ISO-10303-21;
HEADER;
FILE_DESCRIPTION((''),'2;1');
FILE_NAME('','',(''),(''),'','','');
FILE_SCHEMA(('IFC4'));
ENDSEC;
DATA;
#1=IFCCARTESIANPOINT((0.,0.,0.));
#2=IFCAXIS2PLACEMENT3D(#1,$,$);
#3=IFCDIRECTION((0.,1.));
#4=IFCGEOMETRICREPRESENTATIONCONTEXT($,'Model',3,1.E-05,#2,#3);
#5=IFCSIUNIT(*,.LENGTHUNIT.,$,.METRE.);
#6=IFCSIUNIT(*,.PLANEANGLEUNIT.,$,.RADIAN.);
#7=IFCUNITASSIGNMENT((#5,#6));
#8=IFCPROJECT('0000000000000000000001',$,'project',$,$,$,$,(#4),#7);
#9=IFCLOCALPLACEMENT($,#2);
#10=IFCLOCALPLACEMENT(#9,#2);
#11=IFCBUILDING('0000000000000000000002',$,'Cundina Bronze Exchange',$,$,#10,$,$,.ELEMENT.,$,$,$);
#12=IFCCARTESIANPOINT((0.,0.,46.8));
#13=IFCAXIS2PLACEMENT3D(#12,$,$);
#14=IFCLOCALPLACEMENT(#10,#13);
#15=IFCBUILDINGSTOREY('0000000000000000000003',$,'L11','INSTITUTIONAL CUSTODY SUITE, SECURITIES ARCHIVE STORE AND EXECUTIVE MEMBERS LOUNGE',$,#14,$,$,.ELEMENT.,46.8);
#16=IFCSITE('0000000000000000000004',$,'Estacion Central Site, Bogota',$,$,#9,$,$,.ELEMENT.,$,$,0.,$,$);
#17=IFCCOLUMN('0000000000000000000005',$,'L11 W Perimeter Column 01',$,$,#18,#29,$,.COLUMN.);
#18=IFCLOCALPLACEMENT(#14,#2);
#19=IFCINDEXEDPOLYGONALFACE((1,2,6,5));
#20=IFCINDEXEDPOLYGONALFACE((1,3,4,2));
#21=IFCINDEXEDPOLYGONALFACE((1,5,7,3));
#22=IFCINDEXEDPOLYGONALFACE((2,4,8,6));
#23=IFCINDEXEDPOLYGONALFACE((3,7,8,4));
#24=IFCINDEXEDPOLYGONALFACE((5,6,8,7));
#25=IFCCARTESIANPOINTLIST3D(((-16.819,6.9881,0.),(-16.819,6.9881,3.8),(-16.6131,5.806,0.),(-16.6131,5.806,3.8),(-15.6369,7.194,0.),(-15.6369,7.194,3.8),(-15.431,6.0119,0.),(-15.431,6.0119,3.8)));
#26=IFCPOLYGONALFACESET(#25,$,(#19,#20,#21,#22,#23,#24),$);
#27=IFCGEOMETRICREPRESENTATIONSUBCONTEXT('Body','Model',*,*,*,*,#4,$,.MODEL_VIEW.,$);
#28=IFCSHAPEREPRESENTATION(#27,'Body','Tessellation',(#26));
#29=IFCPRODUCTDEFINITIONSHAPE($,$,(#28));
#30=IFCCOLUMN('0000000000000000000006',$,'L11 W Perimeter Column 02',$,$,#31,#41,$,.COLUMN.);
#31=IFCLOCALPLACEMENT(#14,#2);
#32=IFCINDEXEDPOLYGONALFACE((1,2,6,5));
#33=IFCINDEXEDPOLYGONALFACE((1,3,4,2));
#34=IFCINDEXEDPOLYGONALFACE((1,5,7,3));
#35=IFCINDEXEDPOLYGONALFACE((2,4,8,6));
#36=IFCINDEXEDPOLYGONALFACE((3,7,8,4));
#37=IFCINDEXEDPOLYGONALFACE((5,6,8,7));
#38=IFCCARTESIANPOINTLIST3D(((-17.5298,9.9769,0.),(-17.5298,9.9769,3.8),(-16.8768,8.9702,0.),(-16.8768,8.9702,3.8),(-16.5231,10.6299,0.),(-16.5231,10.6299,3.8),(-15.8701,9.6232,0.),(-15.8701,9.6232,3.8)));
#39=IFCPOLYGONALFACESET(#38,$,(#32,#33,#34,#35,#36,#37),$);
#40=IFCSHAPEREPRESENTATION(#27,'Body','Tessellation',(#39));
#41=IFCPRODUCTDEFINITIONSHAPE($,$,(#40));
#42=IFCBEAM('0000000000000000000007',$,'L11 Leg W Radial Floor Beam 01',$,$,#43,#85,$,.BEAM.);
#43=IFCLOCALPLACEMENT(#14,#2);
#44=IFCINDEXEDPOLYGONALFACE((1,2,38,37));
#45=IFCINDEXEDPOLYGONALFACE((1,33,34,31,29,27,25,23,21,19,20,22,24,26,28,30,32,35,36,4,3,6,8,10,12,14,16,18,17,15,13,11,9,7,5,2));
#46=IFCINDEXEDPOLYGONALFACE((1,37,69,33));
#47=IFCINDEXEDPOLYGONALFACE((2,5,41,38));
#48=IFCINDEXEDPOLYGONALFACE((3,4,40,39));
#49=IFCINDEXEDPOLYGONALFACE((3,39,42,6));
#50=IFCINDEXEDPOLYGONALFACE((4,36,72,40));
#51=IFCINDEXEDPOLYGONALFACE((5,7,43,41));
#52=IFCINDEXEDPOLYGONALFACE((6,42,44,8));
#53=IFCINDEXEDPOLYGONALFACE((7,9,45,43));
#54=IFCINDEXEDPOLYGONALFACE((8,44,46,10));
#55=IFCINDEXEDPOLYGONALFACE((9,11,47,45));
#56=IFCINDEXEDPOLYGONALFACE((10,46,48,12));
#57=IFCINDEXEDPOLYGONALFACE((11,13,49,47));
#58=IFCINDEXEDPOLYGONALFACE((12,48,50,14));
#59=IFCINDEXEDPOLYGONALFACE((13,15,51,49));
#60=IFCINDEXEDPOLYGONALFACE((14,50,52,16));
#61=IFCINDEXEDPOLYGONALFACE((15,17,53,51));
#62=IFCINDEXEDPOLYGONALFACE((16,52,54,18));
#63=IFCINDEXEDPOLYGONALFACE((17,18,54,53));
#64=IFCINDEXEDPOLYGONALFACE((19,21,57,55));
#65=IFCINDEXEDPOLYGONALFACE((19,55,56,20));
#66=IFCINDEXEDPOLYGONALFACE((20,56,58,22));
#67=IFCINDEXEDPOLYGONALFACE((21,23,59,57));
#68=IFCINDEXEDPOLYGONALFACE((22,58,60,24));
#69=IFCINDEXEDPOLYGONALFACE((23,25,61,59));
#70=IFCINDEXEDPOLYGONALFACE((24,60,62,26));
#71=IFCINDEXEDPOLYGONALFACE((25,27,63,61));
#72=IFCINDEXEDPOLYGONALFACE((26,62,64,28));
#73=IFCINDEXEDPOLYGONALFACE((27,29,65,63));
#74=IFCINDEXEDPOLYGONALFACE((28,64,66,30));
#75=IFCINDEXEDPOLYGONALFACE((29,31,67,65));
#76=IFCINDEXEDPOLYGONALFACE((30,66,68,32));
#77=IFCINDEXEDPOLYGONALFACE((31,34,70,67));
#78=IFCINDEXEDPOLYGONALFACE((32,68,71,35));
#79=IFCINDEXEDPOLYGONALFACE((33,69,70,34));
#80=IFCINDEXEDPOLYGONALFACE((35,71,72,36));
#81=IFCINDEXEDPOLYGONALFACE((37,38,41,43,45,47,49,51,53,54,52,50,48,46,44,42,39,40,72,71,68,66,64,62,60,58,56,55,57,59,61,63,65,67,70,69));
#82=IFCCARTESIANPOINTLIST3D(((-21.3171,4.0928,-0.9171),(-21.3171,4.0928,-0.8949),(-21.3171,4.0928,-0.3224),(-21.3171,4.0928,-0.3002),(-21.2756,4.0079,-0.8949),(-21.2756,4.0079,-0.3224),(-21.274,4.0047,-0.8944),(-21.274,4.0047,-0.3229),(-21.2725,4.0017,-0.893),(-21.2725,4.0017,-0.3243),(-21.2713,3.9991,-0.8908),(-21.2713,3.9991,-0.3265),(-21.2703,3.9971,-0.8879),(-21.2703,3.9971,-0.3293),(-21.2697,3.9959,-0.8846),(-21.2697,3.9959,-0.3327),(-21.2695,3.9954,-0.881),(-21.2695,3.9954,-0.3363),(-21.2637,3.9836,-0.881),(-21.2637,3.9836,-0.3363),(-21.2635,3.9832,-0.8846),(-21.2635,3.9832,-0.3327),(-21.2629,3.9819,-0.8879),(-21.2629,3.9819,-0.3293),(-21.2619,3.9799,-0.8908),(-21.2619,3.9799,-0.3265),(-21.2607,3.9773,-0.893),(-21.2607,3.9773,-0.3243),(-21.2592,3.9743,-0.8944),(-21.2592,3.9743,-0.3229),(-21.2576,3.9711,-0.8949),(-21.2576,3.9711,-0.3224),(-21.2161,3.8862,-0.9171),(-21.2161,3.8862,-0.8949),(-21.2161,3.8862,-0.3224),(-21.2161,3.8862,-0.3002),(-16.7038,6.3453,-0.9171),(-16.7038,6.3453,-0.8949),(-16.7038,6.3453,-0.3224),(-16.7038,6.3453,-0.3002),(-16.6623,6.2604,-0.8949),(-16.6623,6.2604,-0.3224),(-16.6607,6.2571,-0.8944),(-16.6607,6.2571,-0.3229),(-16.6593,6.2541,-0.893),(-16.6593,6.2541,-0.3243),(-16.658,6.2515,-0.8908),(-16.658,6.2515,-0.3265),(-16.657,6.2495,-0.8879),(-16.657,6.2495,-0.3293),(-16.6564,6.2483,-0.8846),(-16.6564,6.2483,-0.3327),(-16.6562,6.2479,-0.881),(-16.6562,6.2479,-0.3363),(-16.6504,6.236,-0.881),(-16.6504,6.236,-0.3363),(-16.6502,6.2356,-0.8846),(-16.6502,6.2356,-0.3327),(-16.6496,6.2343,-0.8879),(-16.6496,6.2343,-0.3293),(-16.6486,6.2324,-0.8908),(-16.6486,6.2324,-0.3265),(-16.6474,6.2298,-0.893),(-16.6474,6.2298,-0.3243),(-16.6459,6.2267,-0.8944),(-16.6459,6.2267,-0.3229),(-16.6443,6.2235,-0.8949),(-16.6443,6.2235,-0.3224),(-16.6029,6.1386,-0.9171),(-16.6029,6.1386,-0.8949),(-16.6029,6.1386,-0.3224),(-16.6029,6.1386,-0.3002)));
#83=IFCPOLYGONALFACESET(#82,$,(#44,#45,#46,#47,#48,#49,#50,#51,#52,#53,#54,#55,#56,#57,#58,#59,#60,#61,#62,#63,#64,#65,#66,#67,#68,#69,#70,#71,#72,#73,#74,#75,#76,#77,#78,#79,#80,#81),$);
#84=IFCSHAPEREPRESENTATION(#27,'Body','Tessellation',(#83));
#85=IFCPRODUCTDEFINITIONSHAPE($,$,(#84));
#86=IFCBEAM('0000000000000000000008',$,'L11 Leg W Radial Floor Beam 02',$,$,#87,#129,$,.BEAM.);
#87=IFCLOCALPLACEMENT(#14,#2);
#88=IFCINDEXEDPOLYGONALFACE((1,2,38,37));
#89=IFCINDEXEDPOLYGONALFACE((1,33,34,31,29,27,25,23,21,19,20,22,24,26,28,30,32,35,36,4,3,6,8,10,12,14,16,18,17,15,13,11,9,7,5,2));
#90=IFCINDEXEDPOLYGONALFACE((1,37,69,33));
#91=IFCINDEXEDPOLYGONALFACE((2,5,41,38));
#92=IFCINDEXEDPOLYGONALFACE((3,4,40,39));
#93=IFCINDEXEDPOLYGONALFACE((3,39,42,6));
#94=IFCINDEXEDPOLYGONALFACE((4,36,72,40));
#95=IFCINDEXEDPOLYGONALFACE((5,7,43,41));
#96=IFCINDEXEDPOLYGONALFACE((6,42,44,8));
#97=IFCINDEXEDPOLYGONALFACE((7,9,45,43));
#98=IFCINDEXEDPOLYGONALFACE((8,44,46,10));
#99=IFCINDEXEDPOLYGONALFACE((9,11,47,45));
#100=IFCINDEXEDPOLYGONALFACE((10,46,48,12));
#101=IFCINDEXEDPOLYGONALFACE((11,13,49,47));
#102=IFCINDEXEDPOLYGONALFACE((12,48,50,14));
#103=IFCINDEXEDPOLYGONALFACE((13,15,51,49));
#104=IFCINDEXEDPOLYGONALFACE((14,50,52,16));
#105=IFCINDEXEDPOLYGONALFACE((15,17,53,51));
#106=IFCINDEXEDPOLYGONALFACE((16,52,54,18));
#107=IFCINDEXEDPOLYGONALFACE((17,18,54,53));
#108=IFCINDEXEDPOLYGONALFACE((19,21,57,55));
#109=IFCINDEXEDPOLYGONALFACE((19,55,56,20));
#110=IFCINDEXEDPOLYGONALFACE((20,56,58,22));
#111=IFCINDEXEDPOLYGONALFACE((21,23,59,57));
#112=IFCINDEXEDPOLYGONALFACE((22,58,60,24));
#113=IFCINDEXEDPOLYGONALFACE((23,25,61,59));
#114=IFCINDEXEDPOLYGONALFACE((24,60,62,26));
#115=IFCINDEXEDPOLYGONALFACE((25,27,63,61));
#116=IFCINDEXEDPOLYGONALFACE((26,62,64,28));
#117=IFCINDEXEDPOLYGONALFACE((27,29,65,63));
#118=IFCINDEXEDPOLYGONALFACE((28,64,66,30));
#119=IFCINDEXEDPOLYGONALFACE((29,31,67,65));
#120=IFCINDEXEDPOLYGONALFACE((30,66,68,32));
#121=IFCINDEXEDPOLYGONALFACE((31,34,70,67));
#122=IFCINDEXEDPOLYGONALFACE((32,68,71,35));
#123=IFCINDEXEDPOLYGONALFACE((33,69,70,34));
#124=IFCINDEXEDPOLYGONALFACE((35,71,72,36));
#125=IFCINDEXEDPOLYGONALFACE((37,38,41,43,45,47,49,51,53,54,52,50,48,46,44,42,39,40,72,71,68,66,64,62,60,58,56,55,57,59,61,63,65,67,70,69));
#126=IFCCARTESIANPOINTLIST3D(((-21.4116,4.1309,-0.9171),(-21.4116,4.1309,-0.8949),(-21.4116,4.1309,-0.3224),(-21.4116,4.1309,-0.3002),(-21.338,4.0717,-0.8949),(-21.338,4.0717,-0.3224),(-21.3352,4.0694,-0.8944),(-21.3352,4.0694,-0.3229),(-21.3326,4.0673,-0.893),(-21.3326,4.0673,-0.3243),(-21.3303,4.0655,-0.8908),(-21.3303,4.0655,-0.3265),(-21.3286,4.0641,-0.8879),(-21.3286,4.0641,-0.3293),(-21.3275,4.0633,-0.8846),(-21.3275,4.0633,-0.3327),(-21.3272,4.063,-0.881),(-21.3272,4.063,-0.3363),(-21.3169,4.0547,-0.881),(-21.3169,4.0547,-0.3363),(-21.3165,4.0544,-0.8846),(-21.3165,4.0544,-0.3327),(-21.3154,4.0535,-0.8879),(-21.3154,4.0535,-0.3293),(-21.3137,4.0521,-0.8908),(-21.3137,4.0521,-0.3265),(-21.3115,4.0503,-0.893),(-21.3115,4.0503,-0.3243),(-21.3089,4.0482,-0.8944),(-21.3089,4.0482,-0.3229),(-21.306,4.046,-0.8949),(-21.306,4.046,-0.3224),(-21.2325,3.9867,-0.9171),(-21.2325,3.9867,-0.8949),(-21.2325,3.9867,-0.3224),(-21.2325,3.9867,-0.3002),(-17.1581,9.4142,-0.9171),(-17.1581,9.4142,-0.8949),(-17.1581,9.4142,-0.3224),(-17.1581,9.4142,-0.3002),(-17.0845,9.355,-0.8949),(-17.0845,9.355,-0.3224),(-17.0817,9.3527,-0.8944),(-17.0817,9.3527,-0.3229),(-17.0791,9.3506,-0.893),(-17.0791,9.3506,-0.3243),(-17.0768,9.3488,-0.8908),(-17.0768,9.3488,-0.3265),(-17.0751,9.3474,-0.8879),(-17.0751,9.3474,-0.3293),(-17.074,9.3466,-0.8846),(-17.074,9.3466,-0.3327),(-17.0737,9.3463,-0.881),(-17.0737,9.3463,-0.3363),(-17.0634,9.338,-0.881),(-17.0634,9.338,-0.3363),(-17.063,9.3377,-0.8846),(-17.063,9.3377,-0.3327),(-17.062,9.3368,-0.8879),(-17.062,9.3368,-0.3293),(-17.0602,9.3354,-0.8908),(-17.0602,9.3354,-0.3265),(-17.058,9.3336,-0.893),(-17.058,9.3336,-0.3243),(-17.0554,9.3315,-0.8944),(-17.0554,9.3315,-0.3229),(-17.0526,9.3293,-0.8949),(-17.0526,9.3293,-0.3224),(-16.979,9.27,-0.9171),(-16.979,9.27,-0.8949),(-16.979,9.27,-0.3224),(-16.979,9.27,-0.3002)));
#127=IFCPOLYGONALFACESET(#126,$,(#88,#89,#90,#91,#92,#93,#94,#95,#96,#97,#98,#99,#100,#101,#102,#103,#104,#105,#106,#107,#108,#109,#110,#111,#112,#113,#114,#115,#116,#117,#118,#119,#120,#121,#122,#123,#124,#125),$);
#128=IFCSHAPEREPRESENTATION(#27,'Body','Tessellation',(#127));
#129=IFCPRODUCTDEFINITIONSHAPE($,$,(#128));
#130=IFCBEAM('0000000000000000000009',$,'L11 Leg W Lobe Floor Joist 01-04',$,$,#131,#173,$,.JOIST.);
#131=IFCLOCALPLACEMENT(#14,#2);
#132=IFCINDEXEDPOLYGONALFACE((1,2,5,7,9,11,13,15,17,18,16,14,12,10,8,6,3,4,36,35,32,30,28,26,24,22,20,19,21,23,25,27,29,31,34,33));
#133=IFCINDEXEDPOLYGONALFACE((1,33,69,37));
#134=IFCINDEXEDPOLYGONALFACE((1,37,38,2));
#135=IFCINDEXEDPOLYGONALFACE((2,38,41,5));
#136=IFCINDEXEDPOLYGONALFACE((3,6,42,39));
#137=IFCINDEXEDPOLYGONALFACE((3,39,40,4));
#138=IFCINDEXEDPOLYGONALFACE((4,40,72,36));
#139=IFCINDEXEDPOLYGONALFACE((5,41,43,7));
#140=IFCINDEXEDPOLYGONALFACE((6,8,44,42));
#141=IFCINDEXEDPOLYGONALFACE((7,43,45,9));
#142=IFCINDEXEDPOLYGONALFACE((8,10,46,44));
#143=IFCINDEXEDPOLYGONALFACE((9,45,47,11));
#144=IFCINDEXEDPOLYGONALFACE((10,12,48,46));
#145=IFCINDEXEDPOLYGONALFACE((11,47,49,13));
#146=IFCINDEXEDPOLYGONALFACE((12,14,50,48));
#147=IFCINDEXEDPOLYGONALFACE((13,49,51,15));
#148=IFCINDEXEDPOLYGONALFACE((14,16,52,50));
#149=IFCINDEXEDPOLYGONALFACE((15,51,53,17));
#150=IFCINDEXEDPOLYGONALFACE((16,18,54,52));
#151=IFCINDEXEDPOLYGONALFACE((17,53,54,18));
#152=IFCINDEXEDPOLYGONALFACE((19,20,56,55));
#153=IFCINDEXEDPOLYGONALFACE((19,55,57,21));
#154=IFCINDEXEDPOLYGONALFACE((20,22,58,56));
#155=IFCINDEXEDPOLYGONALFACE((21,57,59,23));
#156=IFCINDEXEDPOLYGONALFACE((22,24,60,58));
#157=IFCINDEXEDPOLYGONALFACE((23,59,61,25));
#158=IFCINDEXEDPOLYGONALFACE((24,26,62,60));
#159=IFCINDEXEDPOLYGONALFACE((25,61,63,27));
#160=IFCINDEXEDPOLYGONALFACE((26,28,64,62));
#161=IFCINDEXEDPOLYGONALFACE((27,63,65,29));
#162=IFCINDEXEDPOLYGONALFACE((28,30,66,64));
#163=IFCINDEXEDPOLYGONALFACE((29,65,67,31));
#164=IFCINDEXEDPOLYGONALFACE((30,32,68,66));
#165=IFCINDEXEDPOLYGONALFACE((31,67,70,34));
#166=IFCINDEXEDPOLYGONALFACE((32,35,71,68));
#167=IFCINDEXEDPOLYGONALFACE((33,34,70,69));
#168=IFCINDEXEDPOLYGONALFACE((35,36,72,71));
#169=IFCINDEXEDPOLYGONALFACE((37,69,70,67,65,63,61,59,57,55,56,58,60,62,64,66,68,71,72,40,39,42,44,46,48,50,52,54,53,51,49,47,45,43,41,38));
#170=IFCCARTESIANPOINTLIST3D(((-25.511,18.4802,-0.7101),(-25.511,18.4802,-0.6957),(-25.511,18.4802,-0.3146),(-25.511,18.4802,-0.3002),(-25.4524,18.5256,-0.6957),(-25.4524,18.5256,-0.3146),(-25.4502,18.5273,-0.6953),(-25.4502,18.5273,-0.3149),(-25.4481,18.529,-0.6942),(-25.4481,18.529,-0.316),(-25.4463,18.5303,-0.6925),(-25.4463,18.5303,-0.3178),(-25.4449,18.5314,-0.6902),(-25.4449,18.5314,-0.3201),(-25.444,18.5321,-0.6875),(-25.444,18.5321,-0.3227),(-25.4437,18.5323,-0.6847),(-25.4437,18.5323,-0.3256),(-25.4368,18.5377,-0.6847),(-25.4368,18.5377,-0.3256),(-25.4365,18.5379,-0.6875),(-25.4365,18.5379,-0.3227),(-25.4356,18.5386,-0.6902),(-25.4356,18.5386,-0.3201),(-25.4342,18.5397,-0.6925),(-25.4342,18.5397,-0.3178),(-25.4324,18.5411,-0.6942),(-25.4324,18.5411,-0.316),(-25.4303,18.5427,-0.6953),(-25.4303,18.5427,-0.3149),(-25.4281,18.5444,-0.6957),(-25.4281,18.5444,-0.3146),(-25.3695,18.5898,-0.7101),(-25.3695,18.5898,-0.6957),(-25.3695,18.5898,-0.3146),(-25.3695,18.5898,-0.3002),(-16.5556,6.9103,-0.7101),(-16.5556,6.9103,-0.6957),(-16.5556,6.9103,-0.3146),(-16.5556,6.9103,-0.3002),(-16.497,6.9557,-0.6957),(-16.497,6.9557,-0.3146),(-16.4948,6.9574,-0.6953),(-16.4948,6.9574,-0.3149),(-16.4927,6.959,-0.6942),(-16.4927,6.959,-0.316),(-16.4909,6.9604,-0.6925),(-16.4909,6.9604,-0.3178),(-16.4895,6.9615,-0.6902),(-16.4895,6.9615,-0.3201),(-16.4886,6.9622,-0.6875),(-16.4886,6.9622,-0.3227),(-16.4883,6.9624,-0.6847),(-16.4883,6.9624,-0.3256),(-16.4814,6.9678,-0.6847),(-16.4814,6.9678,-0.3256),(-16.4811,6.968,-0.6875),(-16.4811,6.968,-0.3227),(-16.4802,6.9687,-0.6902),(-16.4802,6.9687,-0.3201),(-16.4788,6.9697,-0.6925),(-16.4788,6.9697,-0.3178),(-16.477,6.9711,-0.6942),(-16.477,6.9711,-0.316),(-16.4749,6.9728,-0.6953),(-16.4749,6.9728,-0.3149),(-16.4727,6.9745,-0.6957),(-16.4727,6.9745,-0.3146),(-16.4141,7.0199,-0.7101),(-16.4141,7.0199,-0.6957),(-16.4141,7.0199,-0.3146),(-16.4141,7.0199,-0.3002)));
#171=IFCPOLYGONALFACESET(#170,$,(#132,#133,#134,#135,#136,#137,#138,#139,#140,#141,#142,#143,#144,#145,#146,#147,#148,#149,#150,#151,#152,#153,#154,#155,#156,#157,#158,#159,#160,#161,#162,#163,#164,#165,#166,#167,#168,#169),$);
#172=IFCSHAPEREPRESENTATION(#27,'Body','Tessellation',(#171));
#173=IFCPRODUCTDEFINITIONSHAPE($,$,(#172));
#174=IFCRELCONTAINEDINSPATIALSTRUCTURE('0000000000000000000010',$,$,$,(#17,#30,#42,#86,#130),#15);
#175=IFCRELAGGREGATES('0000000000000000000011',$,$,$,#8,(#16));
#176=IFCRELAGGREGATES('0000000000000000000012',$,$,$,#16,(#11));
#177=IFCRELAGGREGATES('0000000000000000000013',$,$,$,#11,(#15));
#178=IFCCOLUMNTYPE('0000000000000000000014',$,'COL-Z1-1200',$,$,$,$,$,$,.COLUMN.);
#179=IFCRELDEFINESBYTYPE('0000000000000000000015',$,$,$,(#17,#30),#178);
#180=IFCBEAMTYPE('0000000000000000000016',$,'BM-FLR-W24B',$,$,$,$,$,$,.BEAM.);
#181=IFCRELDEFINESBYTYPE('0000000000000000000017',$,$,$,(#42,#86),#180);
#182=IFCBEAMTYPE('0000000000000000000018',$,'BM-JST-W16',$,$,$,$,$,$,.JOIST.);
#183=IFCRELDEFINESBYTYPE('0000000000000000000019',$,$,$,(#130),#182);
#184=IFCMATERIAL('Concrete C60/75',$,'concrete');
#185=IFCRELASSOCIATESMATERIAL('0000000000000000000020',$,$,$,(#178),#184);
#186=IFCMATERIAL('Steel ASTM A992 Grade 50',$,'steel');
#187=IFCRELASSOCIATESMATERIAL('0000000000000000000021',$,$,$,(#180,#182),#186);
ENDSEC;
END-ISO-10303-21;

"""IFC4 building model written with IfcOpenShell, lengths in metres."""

from ifc_helpers import new_model, si_unit, direction, frame, origin, origin_2d, place, context, subcontext, project, spatial, rectangle, i_section, extrude, material, material_profile, profile_set, type_object, element, save


model = new_model("IFC4")

# Units and contexts
model_context = context("Model", 3, precision=1e-05, world=origin(), true_north=direction((0.0, 1.0)))
body_context = subcontext(model_context, "Body", "Model", "MODEL_VIEW")
ifc_project = project(units=[si_unit("LENGTHUNIT", "METRE"), si_unit("PLANEANGLEUNIT", "RADIAN")], contexts=[model_context])

# Site, building, storey
site_placement = place(None, origin())
site = spatial("IfcSite", under=ifc_project, at=site_placement, Name="Estacion Central Site, Bogota", CompositionType="ELEMENT", RefElevation=0.0)
building_placement = place(site_placement, origin())
building = spatial("IfcBuilding", under=site, at=building_placement, Name="Cundina Bronze Exchange", CompositionType="ELEMENT")
storey_placement = place(building_placement, frame((0.0, 0.0, 46.8)))
storey = spatial("IfcBuildingStorey", under=building, at=storey_placement, Name="L11", Description="INSTITUTIONAL CUSTODY SUITE, SECURITIES ARCHIVE STORE AND EXECUTIVE MEMBERS LOUNGE", CompositionType="ELEMENT", Elevation=46.8)

# Columns
ifc_material_1 = material(Name="Concrete C60/75", Category="concrete")
ifc_material_profile_1 = material_profile(ifc_material_1, rectangle(XDim=1.2, YDim=1.2, at=origin_2d()), Name="RC1200X1200", Category="concrete")
ifc_profile_set_1 = profile_set([ifc_material_profile_1], Name="Concrete C60/75")
column_type = type_object("IfcColumnType", Name="COL-Z1-1200", PredefinedType="COLUMN", material=ifc_profile_set_1)
for number, where, z_axis, x_axis, name in (
    (1, (-16.125, 6.5, 0.0), (0.0, 0.0, 1.0), (-0.171585, 0.985169, 0.0), "L11 W Perimeter Column 01"),
    (2, (-16.7, 9.8, 0.0), (0.0, 0.0, 1.0), (-0.5442, 0.838956, 0.0), "L11 W Perimeter Column 02"),
):
    element("IfcColumn", number, at=place(storey_placement, frame(where, z_axis=z_axis, x_axis=x_axis)), inside=storey, type_object=column_type, Name=name, PredefinedType="COLUMN", context=body_context, shape_type="SweptSolid", body=[
        extrude(rectangle(XDim=1.2, YDim=1.2, at=origin_2d()), origin(), (0.0, 0.0, 1.0), 3.8),
    ])

# Beams
ifc_material_2 = material(Name="Steel ASTM A992 Grade 50", Category="steel")
ifc_material_profile_2 = material_profile(ifc_material_2, i_section(OverallWidth=0.23, OverallDepth=0.6169, WebThickness=0.0132, FlangeThickness=0.0222, FilletRadius=0.0139, at=origin_2d()), Name="W24X94", Category="steel")
ifc_profile_set_2 = profile_set([ifc_material_profile_2], Name="Steel ASTM A992 Grade 50")
beam_type_1 = type_object("IfcBeamType", Name="BM-FLR-W24B", PredefinedType="BEAM", material=ifc_profile_set_2)
beam_1_placement = place(storey_placement, frame((-21.2666, 3.9895, -0.6086), z_axis=(0.89861, 0.438748, 0.0), x_axis=(-0.438748, 0.89861, 0.0)))
element("IfcBeam", 3, at=beam_1_placement, inside=storey, type_object=beam_type_1, Name="L11 Leg W Radial Floor Beam 01", PredefinedType="BEAM", context=body_context, shape_type="SweptSolid", body=[
    extrude(i_section(OverallWidth=0.23, OverallDepth=0.6169, WebThickness=0.0132, FlangeThickness=0.0222, FilletRadius=0.0139, at=origin_2d()), origin(), (0.0, 0.0, 1.0), 5.1338),
])
beam_2_placement = place(storey_placement, frame((-21.322, 4.0588, -0.6086), z_axis=(0.627106, 0.778934, 0.0), x_axis=(-0.778934, 0.627106, 0.0)))
element("IfcBeam", 4, at=beam_2_placement, inside=storey, type_object=beam_type_1, Name="L11 Leg W Radial Floor Beam 02", PredefinedType="BEAM", context=body_context, shape_type="SweptSolid", body=[
    extrude(i_section(OverallWidth=0.23, OverallDepth=0.6169, WebThickness=0.0132, FlangeThickness=0.0222, FilletRadius=0.0139, at=origin_2d()), origin(), (0.0, 0.0, 1.0), 6.7827),
])
ifc_material_profile_3 = material_profile(ifc_material_2, i_section(OverallWidth=0.179, OverallDepth=0.4099, WebThickness=0.0088, FlangeThickness=0.0144, FilletRadius=0.011, at=origin_2d()), Name="W16X45", Category="steel")
ifc_profile_set_3 = profile_set([ifc_material_profile_3], Name="Steel ASTM A992 Grade 50")
beam_type_2 = type_object("IfcBeamType", Name="BM-JST-W16", PredefinedType="JOIST", material=ifc_profile_set_3)
beam_3_placement = place(storey_placement, frame((-16.4849, 6.9651, -0.5051), z_axis=(-0.612089, 0.790789, 0.0), x_axis=(-0.790789, -0.612089, 0.0)))
element("IfcBeam", 5, at=beam_3_placement, inside=storey, type_object=beam_type_2, Name="L11 Leg W Lobe Floor Joist 01-04", PredefinedType="JOIST", context=body_context, shape_type="SweptSolid", body=[
    extrude(i_section(OverallWidth=0.179, OverallDepth=0.4099, WebThickness=0.0088, FlangeThickness=0.0144, FilletRadius=0.011, at=origin_2d()), origin(), (0.0, 0.0, 1.0), 14.6309),
])

save(model, "model.ifc")
